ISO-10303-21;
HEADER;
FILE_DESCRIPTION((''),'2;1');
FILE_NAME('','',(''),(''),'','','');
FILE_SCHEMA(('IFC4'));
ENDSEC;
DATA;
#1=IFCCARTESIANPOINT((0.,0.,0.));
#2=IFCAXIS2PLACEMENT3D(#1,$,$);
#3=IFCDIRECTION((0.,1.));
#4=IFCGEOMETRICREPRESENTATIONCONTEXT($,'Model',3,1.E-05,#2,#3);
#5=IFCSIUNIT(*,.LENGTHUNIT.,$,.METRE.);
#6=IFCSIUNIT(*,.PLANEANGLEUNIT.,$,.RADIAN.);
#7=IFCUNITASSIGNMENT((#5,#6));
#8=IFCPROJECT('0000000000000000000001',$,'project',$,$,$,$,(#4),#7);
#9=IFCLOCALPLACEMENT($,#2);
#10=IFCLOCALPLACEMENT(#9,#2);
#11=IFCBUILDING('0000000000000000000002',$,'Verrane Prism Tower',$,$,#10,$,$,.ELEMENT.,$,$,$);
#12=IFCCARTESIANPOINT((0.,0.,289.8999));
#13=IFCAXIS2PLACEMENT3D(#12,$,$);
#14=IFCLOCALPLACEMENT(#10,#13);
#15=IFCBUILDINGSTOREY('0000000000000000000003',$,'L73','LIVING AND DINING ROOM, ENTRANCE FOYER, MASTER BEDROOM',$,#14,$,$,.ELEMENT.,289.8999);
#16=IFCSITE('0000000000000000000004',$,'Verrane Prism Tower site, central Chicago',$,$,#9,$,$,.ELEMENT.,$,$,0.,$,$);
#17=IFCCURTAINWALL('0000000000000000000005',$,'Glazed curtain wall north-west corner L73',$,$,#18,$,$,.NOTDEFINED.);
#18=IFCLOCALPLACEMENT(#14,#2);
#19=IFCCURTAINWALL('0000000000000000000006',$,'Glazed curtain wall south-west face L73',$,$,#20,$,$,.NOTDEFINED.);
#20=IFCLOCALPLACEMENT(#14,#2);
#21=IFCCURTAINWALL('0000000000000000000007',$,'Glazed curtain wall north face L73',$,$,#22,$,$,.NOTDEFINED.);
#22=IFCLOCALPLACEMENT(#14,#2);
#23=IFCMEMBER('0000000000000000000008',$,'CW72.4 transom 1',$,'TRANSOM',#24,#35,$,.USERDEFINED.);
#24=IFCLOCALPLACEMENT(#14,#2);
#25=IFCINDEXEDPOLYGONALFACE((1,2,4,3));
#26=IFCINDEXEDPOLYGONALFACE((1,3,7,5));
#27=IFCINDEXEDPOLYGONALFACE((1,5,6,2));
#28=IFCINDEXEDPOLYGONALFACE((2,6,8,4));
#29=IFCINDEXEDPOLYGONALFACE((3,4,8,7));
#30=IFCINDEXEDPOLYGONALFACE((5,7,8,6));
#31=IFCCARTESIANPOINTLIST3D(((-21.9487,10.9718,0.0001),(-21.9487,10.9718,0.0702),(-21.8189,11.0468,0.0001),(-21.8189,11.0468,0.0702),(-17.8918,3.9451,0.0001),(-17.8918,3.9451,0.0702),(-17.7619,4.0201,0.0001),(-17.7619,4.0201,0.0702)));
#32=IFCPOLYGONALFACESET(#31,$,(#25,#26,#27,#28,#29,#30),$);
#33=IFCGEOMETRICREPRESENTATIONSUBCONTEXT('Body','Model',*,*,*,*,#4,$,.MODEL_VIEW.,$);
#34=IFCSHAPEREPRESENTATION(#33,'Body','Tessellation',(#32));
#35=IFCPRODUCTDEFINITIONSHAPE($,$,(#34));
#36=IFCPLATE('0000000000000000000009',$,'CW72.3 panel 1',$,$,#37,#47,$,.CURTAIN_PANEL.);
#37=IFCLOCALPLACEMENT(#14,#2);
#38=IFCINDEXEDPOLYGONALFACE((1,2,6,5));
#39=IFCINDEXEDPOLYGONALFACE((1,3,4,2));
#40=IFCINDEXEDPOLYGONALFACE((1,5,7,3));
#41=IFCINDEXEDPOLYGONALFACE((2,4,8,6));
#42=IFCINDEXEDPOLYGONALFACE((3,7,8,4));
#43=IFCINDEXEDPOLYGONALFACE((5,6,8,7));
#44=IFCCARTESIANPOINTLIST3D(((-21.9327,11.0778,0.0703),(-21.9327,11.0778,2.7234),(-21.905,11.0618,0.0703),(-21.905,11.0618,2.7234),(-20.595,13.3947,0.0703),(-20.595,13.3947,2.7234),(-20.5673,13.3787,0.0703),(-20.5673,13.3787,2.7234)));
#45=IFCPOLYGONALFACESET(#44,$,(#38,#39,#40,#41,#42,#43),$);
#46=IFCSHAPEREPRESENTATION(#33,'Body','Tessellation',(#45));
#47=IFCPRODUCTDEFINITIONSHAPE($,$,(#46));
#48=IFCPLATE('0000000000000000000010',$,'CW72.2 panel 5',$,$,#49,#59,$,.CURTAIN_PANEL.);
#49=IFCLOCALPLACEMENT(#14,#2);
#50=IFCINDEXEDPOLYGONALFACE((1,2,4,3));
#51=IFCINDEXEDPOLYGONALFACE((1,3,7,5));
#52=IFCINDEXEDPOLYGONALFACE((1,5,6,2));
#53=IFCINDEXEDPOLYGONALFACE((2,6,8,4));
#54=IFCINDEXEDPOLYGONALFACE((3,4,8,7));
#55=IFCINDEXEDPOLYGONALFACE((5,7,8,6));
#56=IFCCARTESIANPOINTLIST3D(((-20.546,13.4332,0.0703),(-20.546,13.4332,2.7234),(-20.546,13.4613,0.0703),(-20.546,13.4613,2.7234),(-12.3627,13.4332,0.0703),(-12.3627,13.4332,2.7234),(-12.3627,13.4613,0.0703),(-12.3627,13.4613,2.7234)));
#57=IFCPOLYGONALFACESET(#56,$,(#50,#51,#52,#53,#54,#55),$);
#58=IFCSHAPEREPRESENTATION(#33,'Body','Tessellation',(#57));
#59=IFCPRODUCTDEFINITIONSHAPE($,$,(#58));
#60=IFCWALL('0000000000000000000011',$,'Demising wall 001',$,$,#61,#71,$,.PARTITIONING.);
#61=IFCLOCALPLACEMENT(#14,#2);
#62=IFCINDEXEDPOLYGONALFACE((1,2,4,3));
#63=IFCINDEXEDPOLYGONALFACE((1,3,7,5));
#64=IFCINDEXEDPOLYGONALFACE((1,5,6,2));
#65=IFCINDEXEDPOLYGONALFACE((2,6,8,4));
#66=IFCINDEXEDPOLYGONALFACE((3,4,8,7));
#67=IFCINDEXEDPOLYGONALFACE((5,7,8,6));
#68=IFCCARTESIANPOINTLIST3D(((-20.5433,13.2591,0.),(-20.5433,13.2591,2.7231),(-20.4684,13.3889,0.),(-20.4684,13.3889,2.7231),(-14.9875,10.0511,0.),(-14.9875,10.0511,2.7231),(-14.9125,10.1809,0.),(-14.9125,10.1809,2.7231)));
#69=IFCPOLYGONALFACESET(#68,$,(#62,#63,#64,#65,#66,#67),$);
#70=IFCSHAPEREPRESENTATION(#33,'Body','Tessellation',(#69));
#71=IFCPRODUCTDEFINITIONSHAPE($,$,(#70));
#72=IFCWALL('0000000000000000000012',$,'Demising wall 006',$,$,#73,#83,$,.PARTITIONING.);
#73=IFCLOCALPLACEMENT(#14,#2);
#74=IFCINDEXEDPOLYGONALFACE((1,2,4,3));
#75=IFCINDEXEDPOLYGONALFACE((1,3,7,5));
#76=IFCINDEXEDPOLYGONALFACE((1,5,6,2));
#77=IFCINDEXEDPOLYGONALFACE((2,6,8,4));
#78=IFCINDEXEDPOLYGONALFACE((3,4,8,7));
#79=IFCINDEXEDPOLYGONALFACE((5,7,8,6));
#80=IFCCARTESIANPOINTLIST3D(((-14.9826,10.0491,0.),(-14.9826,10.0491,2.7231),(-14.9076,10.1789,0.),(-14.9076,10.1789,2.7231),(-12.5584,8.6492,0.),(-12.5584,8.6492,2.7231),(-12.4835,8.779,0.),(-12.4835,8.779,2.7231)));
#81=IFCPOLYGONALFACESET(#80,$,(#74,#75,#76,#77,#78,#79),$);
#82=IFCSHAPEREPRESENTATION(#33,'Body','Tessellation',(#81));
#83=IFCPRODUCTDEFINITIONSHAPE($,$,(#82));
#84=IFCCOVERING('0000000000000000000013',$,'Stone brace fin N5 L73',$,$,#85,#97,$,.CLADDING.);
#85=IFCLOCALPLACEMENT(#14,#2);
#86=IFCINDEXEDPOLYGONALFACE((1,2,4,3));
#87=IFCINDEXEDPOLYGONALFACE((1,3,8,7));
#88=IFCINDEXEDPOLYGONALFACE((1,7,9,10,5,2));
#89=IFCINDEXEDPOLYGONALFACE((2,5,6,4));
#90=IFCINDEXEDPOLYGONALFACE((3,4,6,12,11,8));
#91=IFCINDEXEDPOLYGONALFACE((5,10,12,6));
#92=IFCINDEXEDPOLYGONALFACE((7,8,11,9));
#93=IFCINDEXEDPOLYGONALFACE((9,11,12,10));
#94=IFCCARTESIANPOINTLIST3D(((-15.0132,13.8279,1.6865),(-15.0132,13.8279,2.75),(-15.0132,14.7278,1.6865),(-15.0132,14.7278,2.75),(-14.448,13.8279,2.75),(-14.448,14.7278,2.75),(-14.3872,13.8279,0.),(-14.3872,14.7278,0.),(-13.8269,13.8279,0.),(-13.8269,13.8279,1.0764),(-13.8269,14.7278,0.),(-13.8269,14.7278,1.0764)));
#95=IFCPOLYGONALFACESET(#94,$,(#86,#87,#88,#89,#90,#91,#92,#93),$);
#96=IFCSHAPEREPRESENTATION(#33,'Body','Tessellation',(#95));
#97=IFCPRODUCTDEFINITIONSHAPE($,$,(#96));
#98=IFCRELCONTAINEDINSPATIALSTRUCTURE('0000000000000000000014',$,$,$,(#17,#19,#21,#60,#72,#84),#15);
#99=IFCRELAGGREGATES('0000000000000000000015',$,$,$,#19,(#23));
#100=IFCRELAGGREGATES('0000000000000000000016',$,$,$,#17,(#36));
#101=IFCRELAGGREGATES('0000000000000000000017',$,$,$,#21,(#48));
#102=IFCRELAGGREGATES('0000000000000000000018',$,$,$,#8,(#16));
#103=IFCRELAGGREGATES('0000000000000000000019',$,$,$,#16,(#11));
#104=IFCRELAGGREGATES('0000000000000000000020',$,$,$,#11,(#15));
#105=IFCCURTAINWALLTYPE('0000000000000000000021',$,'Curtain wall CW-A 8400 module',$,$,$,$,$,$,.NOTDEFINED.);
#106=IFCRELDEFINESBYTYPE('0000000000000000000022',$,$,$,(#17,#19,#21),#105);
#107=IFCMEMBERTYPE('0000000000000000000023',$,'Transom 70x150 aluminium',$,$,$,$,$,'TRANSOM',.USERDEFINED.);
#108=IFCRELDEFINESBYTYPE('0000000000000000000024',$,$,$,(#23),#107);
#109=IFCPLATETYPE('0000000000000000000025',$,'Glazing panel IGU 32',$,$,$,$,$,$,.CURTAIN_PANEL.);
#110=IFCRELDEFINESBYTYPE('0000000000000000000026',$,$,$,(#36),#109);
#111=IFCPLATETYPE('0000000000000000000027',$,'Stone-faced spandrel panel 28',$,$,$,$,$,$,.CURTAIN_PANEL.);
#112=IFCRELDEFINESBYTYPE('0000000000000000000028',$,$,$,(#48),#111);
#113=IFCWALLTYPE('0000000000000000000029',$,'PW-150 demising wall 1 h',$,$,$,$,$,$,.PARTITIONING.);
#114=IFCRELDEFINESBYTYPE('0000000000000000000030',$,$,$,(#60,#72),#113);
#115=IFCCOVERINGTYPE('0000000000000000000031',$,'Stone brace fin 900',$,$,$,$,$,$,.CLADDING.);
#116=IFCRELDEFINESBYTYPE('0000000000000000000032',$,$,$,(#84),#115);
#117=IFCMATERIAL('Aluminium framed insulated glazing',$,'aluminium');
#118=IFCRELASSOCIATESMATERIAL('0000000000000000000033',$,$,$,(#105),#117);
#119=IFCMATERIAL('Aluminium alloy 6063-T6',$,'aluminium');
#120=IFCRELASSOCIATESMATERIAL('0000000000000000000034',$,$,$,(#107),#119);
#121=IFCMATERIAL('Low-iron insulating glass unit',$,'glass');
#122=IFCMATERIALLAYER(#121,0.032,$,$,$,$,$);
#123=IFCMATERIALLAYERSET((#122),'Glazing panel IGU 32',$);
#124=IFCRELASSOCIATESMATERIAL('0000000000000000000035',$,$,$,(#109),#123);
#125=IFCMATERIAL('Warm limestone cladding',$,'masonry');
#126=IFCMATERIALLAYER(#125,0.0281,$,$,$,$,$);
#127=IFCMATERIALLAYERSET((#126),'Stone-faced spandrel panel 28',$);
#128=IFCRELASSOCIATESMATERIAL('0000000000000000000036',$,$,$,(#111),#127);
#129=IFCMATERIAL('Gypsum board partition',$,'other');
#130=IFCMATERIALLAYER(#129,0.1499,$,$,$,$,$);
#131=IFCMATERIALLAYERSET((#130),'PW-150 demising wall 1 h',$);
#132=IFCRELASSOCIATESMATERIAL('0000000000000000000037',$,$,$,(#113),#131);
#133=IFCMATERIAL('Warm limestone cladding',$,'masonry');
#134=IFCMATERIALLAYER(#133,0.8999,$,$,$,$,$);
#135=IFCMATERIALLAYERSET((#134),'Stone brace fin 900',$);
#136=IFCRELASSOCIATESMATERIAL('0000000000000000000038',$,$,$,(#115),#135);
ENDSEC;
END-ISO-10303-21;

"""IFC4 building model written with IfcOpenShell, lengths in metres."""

from ifc_helpers import new_model, si_unit, direction, frame, frame_2d, origin, origin_2d, place, context, subcontext, project, spatial, polyline, rectangle, outline, extrude, material, layer, layer_set, material_profile, profile_set, type_object, element, aggregate, save


model = new_model("IFC4")

# Units and contexts
model_context = context("Model", 3, precision=1e-05, world=origin(), true_north=direction((0.0, 1.0)))
body_context = subcontext(model_context, "Body", "Model", "MODEL_VIEW")
ifc_project = project(units=[si_unit("LENGTHUNIT", "METRE"), si_unit("PLANEANGLEUNIT", "RADIAN")], contexts=[model_context])

# Site, building, storey
site_placement = place(None, origin())
site = spatial("IfcSite", under=ifc_project, at=site_placement, Name="Verrane Prism Tower site, central Chicago", CompositionType="ELEMENT", RefElevation=0.0)
building_placement = place(site_placement, origin())
building = spatial("IfcBuilding", under=site, at=building_placement, Name="Verrane Prism Tower", CompositionType="ELEMENT")
storey_placement = place(building_placement, frame((0.0, 0.0, 289.8999)))
storey = spatial("IfcBuildingStorey", under=building, at=storey_placement, Name="L73", Description="LIVING AND DINING ROOM, ENTRANCE FOYER, MASTER BEDROOM", CompositionType="ELEMENT", Elevation=289.8999)

# Curtain walls
ifc_material_1 = material(Name="Aluminium framed insulated glazing", Category="aluminium")
curtain_wall_type = type_object("IfcCurtainWallType", Name="Curtain wall CW-A 8400 module", PredefinedType="NOTDEFINED", material=ifc_material_1)
curtain_wall_1_placement = place(storey_placement, origin())
curtain_wall_1 = element("IfcCurtainWall", 1, at=curtain_wall_1_placement, inside=storey, type_object=curtain_wall_type, Name="Glazed curtain wall north-west corner L73", PredefinedType="NOTDEFINED")
curtain_wall_2_placement = place(storey_placement, origin())
curtain_wall_2 = element("IfcCurtainWall", 2, at=curtain_wall_2_placement, inside=storey, type_object=curtain_wall_type, Name="Glazed curtain wall south-west face L73", PredefinedType="NOTDEFINED")

# Curtain wall
curtain_wall_3_placement = place(storey_placement, origin())
curtain_wall_3 = element("IfcCurtainWall", 3, at=curtain_wall_3_placement, inside=storey, type_object=curtain_wall_type, Name="Glazed curtain wall north face L73", PredefinedType="NOTDEFINED")
ifc_material_2 = material(Name="Aluminium alloy 6063-T6", Category="aluminium")
ifc_material_profile_1 = material_profile(ifc_material_2, rectangle(XDim=0.1499, YDim=0.0701, at=origin_2d()), Name="Transom 70x150 aluminium")
ifc_profile_set_1 = profile_set([ifc_material_profile_1], Name="Aluminium alloy 6063-T6")
member_type_1 = type_object("IfcMemberType", Name="Transom 70x150 aluminium", ElementType="TRANSOM", PredefinedType="USERDEFINED", material=ifc_profile_set_1)

# Member
member_1_placement = place(storey_placement, frame((-21.8838, 11.0093, 0.0352), z_axis=(0.500006, -0.866022, 0.0), x_axis=(0.866022, 0.500006, 0.0)))
member_1 = element("IfcMember", 4, at=member_1_placement, type_object=member_type_1, Name="CW72.4 transom 1", ObjectType="TRANSOM", PredefinedType="USERDEFINED", context=body_context, shape_type="SweptSolid", body=[
    extrude(rectangle(XDim=0.1499, YDim=0.0701, at=origin_2d()), origin(), (0.0, 0.0, 1.0), 8.1138),
])
aggregate(curtain_wall_2, [member_1])

# Plates
ifc_material_3 = material(Name="Low-iron insulating glass unit", Category="glass")
ifc_layer_1 = layer(ifc_material_3, 0.032)
ifc_layer_set_1 = layer_set([ifc_layer_1], Name="Glazing panel IGU 32")
plate_type_1 = type_object("IfcPlateType", Name="Glazing panel IGU 32", PredefinedType="CURTAIN_PANEL", material=ifc_layer_set_1)
plate_1_placement = place(storey_placement, frame((-21.25, 12.2283, 0.0703), z_axis=(0.0, 0.0, 1.0), x_axis=(-0.500002, -0.866024, 0.0)))
plate_1 = element("IfcPlate", 5, at=plate_1_placement, type_object=plate_type_1, Name="CW72.3 panel 1", PredefinedType="CURTAIN_PANEL", context=body_context, shape_type="SweptSolid", body=[
    extrude(rectangle(XDim=2.6753, YDim=0.032, at=origin_2d()), origin(), (0.0, 0.0, 1.0), 2.6531),
])
aggregate(curtain_wall_1, [plate_1])
ifc_material_4 = material(Name="Warm limestone cladding", Category="masonry")
ifc_layer_2 = layer(ifc_material_4, 0.0281)
ifc_layer_set_2 = layer_set([ifc_layer_2], Name="Stone-faced spandrel panel 28")
plate_type_2 = type_object("IfcPlateType", Name="Stone-faced spandrel panel 28", PredefinedType="CURTAIN_PANEL", material=ifc_layer_set_2)
plate_2_placement = place(storey_placement, frame((-16.4543, 13.4473, 0.0703), z_axis=(0.0, 0.0, 1.0), x_axis=(-1.0, 0.0, 0.0)))
plate_2 = element("IfcPlate", 6, at=plate_2_placement, type_object=plate_type_2, Name="CW72.2 panel 5", PredefinedType="CURTAIN_PANEL", context=body_context, shape_type="SweptSolid", body=[
    extrude(rectangle(XDim=8.1833, YDim=0.0281, at=origin_2d()), origin(), (0.0, 0.0, 1.0), 2.6531),
])
aggregate(curtain_wall_3, [plate_2])

# Walls
ifc_material_5 = material(Name="Gypsum board partition", Category="other")
ifc_layer_3 = layer(ifc_material_5, 0.1499)
ifc_layer_set_3 = layer_set([ifc_layer_3], Name="PW-150 demising wall 1 h")
wall_type = type_object("IfcWallType", Name="PW-150 demising wall 1 h", PredefinedType="PARTITIONING", material=ifc_layer_set_3)
wall_1_placement = place(storey_placement, frame((-20.5059, 13.324, 0.0), z_axis=(0.0, 0.0, 1.0), x_axis=(0.866005, -0.500035, 0.0)))
element("IfcWall", 7, at=wall_1_placement, inside=storey, type_object=wall_type, Name="Demising wall 001", PredefinedType="PARTITIONING", context=body_context, shape_type="SweptSolid", body=[
    extrude(rectangle(XDim=6.4155, YDim=0.1499, at=frame_2d((3.2078, 0.0))), origin(), (0.0, 0.0, 1.0), 2.7231),
])
wall_2_placement = place(storey_placement, frame((-14.9451, 10.114, 0.0), z_axis=(0.0, 0.0, 1.0), x_axis=(0.865969, -0.500097, 0.0)))
element("IfcWall", 8, at=wall_2_placement, inside=storey, type_object=wall_type, Name="Demising wall 006", PredefinedType="PARTITIONING", context=body_context, shape_type="SweptSolid", body=[
    extrude(rectangle(XDim=2.7993, YDim=0.1499, at=frame_2d((1.3997, 0.0))), origin(), (0.0, 0.0, 1.0), 2.7231),
])

# Covering
ifc_material_6 = material(Name="Warm limestone cladding", Category="masonry")
ifc_layer_4 = layer(ifc_material_6, 0.8999)
ifc_layer_set_4 = layer_set([ifc_layer_4], Name="Stone brace fin 900")
covering_type = type_object("IfcCoveringType", Name="Stone brace fin 900", PredefinedType="CLADDING", material=ifc_layer_set_4)
covering_placement = place(storey_placement, frame((-13.8269, 14.2778, 0.0), z_axis=(0.0, 0.0, 1.0), x_axis=(-1.0, 0.0, 0.0)))
element("IfcCovering", 9, at=covering_placement, inside=storey, type_object=covering_type, Name="Stone brace fin N5 L73", PredefinedType="CLADDING", context=body_context, shape_type="SweptSolid", body=[
    extrude(outline(polyline([(1.1863, 2.75), (0.6211, 2.75), (0.0, 1.0764), (0.0, 0.0), (0.5603, 0.0), (1.1863, 1.6865), (1.1863, 2.75)])), frame((0.0, 0.45, 0.0), z_axis=(0.0, -1.0, 0.0), x_axis=(1.0, 0.0, 0.0)), (0.0, 0.0, 1.0), 0.8999),
])

save(model, "model.ifc")
